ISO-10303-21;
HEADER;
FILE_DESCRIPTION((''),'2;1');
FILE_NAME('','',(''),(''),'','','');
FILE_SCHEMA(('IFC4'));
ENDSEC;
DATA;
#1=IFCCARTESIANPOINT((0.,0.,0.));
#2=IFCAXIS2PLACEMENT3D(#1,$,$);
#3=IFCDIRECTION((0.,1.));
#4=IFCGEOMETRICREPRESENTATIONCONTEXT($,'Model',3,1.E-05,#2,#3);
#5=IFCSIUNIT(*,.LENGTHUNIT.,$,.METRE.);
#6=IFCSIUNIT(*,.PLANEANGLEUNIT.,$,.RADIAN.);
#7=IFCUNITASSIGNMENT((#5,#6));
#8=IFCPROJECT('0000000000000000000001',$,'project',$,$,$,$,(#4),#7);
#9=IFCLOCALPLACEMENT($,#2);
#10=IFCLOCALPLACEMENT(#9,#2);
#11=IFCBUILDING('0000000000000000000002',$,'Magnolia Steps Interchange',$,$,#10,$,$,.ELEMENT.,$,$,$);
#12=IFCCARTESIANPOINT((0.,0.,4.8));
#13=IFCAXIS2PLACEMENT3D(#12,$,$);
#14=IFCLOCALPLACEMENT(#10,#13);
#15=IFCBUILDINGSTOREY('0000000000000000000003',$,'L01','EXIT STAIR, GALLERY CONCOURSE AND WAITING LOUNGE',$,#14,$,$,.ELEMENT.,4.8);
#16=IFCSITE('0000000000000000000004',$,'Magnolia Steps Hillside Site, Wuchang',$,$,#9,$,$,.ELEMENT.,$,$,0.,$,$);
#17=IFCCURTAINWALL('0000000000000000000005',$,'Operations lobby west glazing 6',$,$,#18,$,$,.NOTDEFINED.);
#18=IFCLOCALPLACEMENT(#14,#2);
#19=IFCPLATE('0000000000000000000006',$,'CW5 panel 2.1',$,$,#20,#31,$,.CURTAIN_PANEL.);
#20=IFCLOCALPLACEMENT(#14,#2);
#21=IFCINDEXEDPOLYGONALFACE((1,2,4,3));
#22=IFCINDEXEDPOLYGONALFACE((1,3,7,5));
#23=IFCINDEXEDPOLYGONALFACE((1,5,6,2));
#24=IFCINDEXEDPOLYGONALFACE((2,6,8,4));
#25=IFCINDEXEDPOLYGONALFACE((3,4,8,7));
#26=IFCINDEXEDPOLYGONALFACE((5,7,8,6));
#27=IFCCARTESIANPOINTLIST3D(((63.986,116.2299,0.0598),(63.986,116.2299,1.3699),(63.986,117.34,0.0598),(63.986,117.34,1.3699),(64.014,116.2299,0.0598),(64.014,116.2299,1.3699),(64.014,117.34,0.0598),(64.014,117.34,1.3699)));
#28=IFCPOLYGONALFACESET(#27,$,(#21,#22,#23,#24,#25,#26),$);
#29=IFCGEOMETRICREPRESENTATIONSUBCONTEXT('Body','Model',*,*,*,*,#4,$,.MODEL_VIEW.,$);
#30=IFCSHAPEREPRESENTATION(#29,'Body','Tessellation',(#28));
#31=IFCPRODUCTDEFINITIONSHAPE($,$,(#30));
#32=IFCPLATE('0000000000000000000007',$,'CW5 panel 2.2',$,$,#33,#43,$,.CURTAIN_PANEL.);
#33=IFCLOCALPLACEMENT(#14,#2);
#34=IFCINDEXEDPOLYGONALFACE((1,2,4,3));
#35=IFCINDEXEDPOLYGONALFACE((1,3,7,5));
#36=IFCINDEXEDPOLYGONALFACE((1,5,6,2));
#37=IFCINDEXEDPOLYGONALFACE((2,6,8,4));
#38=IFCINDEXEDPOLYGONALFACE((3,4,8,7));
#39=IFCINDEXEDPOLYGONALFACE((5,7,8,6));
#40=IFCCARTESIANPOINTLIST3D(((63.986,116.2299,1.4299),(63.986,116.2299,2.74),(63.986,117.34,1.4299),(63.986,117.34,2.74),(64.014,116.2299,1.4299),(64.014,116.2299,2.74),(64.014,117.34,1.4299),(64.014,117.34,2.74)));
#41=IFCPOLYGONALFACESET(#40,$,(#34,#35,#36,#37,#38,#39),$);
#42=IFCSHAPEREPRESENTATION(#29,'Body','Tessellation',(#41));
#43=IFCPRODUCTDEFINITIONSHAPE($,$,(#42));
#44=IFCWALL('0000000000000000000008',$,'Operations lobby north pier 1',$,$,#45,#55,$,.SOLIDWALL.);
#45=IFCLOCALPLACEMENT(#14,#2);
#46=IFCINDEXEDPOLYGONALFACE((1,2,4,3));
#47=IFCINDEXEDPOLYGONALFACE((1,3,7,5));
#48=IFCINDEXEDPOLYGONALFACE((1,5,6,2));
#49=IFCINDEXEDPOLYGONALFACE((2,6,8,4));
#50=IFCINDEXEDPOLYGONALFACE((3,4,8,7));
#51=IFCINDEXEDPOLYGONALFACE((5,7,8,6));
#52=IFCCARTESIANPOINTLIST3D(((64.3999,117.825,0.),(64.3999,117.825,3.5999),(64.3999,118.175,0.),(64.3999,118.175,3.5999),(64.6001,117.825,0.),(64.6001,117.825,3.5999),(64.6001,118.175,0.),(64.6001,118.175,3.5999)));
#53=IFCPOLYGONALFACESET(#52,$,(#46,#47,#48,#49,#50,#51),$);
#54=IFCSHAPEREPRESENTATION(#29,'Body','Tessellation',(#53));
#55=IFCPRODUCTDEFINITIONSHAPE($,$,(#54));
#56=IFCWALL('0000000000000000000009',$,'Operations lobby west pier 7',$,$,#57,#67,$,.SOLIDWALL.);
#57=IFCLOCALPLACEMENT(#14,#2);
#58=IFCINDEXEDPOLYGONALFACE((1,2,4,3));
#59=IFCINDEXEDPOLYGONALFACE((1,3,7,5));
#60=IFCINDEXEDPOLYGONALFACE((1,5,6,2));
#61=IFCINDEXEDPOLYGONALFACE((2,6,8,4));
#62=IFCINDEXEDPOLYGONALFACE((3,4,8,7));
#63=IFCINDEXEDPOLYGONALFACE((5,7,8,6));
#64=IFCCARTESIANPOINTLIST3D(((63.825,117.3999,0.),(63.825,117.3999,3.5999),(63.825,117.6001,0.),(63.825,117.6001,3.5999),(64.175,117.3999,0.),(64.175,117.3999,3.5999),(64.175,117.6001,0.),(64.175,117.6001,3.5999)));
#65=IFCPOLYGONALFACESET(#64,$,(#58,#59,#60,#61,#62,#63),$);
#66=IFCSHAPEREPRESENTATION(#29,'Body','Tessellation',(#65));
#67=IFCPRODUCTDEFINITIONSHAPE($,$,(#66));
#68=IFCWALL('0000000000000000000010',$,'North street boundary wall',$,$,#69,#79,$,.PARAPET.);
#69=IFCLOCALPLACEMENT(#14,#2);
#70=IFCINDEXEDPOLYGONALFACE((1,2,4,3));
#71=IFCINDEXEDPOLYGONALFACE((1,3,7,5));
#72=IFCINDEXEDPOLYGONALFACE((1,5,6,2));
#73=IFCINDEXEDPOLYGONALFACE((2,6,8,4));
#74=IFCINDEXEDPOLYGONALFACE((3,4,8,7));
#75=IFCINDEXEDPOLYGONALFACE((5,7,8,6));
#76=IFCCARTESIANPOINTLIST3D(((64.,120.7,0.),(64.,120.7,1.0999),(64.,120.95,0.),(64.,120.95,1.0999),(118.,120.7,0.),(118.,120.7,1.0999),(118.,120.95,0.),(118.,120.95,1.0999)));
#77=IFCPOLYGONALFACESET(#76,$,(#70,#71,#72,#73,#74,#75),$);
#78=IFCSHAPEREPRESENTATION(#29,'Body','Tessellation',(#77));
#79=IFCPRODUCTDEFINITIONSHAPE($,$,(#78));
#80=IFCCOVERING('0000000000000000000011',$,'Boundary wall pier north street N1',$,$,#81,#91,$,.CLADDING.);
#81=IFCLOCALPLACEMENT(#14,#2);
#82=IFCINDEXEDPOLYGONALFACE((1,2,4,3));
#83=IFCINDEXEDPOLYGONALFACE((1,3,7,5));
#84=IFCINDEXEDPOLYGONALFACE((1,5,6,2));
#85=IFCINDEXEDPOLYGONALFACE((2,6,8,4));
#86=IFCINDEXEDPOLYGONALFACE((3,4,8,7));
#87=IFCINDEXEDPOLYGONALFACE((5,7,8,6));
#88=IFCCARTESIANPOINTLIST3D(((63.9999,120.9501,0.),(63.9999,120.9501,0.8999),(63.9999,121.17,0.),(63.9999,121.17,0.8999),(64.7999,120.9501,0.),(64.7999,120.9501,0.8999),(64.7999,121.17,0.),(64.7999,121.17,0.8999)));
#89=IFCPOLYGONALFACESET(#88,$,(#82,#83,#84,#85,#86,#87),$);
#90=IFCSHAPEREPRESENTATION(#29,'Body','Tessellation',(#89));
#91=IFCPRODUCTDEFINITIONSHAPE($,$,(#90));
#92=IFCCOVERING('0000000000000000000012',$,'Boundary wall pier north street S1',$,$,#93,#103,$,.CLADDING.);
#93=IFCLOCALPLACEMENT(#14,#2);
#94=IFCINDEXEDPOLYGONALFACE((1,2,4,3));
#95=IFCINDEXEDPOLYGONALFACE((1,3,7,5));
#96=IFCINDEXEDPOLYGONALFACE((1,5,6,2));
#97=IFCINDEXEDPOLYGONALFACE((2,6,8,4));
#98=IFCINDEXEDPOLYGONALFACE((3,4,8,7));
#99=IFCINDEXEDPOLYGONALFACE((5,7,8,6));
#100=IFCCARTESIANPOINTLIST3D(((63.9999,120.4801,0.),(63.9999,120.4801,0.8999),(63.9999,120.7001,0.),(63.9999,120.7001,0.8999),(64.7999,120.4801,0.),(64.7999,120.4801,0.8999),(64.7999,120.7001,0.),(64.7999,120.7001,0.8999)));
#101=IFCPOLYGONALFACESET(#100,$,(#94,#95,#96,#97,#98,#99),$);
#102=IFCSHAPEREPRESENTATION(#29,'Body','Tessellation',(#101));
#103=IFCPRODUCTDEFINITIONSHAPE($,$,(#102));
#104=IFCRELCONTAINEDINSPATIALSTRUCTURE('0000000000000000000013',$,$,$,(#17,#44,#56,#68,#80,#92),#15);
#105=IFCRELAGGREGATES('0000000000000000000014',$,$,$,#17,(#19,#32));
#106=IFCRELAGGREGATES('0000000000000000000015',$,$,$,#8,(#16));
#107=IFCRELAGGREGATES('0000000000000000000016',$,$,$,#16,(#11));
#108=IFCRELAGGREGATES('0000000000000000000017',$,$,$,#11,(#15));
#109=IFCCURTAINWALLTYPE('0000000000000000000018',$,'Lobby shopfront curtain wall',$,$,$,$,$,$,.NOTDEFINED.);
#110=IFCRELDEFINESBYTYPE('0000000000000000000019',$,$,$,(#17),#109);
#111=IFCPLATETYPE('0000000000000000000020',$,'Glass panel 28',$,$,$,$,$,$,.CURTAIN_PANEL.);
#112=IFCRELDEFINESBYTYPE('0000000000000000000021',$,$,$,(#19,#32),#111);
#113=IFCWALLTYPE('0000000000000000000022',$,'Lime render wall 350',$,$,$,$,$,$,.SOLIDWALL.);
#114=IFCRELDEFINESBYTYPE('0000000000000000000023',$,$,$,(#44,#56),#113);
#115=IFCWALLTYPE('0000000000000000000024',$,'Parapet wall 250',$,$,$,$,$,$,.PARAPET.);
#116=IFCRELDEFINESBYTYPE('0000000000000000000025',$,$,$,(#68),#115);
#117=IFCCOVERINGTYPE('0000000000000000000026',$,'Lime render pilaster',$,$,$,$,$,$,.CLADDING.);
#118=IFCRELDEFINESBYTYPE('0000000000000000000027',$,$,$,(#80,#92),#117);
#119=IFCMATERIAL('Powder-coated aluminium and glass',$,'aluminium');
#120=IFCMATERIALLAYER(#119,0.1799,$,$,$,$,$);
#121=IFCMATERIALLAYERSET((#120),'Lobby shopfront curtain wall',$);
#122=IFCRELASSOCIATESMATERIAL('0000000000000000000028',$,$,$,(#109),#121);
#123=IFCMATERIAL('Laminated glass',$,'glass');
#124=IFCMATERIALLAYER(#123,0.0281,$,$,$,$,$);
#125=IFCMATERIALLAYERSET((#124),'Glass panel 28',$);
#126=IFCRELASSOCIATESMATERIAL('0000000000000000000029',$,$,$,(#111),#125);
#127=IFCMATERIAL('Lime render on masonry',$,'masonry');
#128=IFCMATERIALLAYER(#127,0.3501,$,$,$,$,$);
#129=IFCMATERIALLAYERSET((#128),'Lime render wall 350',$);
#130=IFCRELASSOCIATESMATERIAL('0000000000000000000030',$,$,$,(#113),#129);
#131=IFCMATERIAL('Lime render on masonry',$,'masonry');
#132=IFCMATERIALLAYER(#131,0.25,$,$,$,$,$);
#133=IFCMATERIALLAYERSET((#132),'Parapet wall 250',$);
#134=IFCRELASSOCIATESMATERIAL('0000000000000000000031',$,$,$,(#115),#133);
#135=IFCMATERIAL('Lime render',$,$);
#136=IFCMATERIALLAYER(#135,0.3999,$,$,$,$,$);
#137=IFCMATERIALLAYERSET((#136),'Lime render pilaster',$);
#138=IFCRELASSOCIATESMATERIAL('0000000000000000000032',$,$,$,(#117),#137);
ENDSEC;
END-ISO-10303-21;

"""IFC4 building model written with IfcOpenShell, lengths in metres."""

from ifc_helpers import new_model, si_unit, direction, frame, frame_2d, origin, origin_2d, place, context, subcontext, project, spatial, rectangle, extrude, material, layer, layer_set, type_object, element, aggregate, save


model = new_model("IFC4")

# Units and contexts
model_context = context("Model", 3, precision=1e-05, world=origin(), true_north=direction((0.0, 1.0)))
body_context = subcontext(model_context, "Body", "Model", "MODEL_VIEW")
ifc_project = project(units=[si_unit("LENGTHUNIT", "METRE"), si_unit("PLANEANGLEUNIT", "RADIAN")], contexts=[model_context])

# Site, building, storey
site_placement = place(None, origin())
site = spatial("IfcSite", under=ifc_project, at=site_placement, Name="Magnolia Steps Hillside Site, Wuchang", CompositionType="ELEMENT", RefElevation=0.0)
building_placement = place(site_placement, origin())
building = spatial("IfcBuilding", under=site, at=building_placement, Name="Magnolia Steps Interchange", CompositionType="ELEMENT")
storey_placement = place(building_placement, frame((0.0, 0.0, 4.8)))
storey = spatial("IfcBuildingStorey", under=building, at=storey_placement, Name="L01", Description="EXIT STAIR, GALLERY CONCOURSE AND WAITING LOUNGE", CompositionType="ELEMENT", Elevation=4.8)

# Shared definitions
ifc_material_1 = material(Name="Powder-coated aluminium and glass", Category="aluminium")
ifc_layer_1 = layer(ifc_material_1, 0.1799)
ifc_layer_set_1 = layer_set([ifc_layer_1], Name="Lobby shopfront curtain wall")
curtain_wall_type = type_object("IfcCurtainWallType", Name="Lobby shopfront curtain wall", PredefinedType="NOTDEFINED", material=ifc_layer_set_1)

# Curtain wall
curtain_wall_1_placement = place(storey_placement, origin())
curtain_wall_1 = element("IfcCurtainWall", 1, at=curtain_wall_1_placement, inside=storey, type_object=curtain_wall_type, Name="Operations lobby west glazing 6", PredefinedType="NOTDEFINED")

# Plates
ifc_material_2 = material(Name="Laminated glass", Category="glass")
ifc_layer_2 = layer(ifc_material_2, 0.0281)
ifc_layer_set_2 = layer_set([ifc_layer_2], Name="Glass panel 28")
plate_type = type_object("IfcPlateType", Name="Glass panel 28", PredefinedType="CURTAIN_PANEL", material=ifc_layer_set_2)
plate_1_placement = place(storey_placement, frame((64.0, 116.7849, 0.0598), z_axis=(0.0, 0.0, 1.0), x_axis=(0.0, 1.0, 0.0)))
plate_1 = element("IfcPlate", 2, at=plate_1_placement, type_object=plate_type, Name="CW5 panel 2.1", PredefinedType="CURTAIN_PANEL", context=body_context, shape_type="SweptSolid", body=[
    extrude(rectangle(XDim=1.1101, YDim=0.0281, at=origin_2d()), origin(), (0.0, 0.0, 1.0), 1.3101),
])
plate_2_placement = place(storey_placement, frame((64.0, 116.7849, 1.4299), z_axis=(0.0, 0.0, 1.0), x_axis=(0.0, 1.0, 0.0)))
plate_2 = element("IfcPlate", 3, at=plate_2_placement, type_object=plate_type, Name="CW5 panel 2.2", PredefinedType="CURTAIN_PANEL", context=body_context, shape_type="SweptSolid", body=[
    extrude(rectangle(XDim=1.1101, YDim=0.0281, at=origin_2d()), origin(), (0.0, 0.0, 1.0), 1.3101),
])
aggregate(curtain_wall_1, [plate_1, plate_2])

# Walls
ifc_material_3 = material(Name="Lime render on masonry", Category="masonry")
ifc_layer_3 = layer(ifc_material_3, 0.3501)
ifc_layer_set_3 = layer_set([ifc_layer_3], Name="Lime render wall 350")
wall_type_1 = type_object("IfcWallType", Name="Lime render wall 350", PredefinedType="SOLIDWALL", material=ifc_layer_set_3)
for number, where, z_axis, x_axis, name in (
    (4, (64.3999, 118.0, 0.0), (0.0, 0.0, 1.0), (1.0, 0.0, 0.0), "Operations lobby north pier 1"),
    (5, (64.0, 117.3999, 0.0), (0.0, 0.0, 1.0), (0.0, 1.0, 0.0), "Operations lobby west pier 7"),
):
    element("IfcWall", number, at=place(storey_placement, frame(where, z_axis=z_axis, x_axis=x_axis)), inside=storey, type_object=wall_type_1, Name=name, PredefinedType="SOLIDWALL", context=body_context, shape_type="SweptSolid", body=[
        extrude(rectangle(XDim=0.2002, YDim=0.3501, at=frame_2d((0.1001, 0.0))), origin(), (0.0, 0.0, 1.0), 3.5999),
    ])
ifc_material_4 = material(Name="Lime render on masonry", Category="masonry")
ifc_layer_4 = layer(ifc_material_4, 0.25)
ifc_layer_set_4 = layer_set([ifc_layer_4], Name="Parapet wall 250")
wall_type_2 = type_object("IfcWallType", Name="Parapet wall 250", PredefinedType="PARAPET", material=ifc_layer_set_4)
wall_placement = place(storey_placement, frame((64.0, 120.825, 0.0), z_axis=(0.0, 0.0, 1.0), x_axis=(1.0, 0.0, 0.0)))
element("IfcWall", 6, at=wall_placement, inside=storey, type_object=wall_type_2, Name="North street boundary wall", PredefinedType="PARAPET", context=body_context, shape_type="SweptSolid", body=[
    extrude(rectangle(XDim=54.0, YDim=0.25, at=frame_2d((27.0, 0.0))), origin(), (0.0, 0.0, 1.0), 1.0999),
])

# Coverings
ifc_material_5 = material(Name="Lime render")
ifc_layer_5 = layer(ifc_material_5, 0.3999)
ifc_layer_set_5 = layer_set([ifc_layer_5], Name="Lime render pilaster")
covering_type_1 = type_object("IfcCoveringType", Name="Lime render pilaster", PredefinedType="CLADDING", material=ifc_layer_set_5)
for number, where, z_axis, x_axis, name in (
    (7, (64.3999, 121.0601, 0.0), (0.0, 0.0, 1.0), (1.0, 0.0, 0.0), "Boundary wall pier north street N1"),
    (8, (64.3999, 120.5901, 0.0), (0.0, 0.0, 1.0), (1.0, 0.0, 0.0), "Boundary wall pier north street S1"),
):
    element("IfcCovering", number, at=place(storey_placement, frame(where, z_axis=z_axis, x_axis=x_axis)), inside=storey, type_object=covering_type_1, Name=name, PredefinedType="CLADDING", context=body_context, shape_type="SweptSolid", body=[
        extrude(rectangle(XDim=0.8, YDim=0.22, at=origin_2d()), origin(), (0.0, 0.0, 1.0), 0.8999),
    ])

save(model, "model.ifc")
